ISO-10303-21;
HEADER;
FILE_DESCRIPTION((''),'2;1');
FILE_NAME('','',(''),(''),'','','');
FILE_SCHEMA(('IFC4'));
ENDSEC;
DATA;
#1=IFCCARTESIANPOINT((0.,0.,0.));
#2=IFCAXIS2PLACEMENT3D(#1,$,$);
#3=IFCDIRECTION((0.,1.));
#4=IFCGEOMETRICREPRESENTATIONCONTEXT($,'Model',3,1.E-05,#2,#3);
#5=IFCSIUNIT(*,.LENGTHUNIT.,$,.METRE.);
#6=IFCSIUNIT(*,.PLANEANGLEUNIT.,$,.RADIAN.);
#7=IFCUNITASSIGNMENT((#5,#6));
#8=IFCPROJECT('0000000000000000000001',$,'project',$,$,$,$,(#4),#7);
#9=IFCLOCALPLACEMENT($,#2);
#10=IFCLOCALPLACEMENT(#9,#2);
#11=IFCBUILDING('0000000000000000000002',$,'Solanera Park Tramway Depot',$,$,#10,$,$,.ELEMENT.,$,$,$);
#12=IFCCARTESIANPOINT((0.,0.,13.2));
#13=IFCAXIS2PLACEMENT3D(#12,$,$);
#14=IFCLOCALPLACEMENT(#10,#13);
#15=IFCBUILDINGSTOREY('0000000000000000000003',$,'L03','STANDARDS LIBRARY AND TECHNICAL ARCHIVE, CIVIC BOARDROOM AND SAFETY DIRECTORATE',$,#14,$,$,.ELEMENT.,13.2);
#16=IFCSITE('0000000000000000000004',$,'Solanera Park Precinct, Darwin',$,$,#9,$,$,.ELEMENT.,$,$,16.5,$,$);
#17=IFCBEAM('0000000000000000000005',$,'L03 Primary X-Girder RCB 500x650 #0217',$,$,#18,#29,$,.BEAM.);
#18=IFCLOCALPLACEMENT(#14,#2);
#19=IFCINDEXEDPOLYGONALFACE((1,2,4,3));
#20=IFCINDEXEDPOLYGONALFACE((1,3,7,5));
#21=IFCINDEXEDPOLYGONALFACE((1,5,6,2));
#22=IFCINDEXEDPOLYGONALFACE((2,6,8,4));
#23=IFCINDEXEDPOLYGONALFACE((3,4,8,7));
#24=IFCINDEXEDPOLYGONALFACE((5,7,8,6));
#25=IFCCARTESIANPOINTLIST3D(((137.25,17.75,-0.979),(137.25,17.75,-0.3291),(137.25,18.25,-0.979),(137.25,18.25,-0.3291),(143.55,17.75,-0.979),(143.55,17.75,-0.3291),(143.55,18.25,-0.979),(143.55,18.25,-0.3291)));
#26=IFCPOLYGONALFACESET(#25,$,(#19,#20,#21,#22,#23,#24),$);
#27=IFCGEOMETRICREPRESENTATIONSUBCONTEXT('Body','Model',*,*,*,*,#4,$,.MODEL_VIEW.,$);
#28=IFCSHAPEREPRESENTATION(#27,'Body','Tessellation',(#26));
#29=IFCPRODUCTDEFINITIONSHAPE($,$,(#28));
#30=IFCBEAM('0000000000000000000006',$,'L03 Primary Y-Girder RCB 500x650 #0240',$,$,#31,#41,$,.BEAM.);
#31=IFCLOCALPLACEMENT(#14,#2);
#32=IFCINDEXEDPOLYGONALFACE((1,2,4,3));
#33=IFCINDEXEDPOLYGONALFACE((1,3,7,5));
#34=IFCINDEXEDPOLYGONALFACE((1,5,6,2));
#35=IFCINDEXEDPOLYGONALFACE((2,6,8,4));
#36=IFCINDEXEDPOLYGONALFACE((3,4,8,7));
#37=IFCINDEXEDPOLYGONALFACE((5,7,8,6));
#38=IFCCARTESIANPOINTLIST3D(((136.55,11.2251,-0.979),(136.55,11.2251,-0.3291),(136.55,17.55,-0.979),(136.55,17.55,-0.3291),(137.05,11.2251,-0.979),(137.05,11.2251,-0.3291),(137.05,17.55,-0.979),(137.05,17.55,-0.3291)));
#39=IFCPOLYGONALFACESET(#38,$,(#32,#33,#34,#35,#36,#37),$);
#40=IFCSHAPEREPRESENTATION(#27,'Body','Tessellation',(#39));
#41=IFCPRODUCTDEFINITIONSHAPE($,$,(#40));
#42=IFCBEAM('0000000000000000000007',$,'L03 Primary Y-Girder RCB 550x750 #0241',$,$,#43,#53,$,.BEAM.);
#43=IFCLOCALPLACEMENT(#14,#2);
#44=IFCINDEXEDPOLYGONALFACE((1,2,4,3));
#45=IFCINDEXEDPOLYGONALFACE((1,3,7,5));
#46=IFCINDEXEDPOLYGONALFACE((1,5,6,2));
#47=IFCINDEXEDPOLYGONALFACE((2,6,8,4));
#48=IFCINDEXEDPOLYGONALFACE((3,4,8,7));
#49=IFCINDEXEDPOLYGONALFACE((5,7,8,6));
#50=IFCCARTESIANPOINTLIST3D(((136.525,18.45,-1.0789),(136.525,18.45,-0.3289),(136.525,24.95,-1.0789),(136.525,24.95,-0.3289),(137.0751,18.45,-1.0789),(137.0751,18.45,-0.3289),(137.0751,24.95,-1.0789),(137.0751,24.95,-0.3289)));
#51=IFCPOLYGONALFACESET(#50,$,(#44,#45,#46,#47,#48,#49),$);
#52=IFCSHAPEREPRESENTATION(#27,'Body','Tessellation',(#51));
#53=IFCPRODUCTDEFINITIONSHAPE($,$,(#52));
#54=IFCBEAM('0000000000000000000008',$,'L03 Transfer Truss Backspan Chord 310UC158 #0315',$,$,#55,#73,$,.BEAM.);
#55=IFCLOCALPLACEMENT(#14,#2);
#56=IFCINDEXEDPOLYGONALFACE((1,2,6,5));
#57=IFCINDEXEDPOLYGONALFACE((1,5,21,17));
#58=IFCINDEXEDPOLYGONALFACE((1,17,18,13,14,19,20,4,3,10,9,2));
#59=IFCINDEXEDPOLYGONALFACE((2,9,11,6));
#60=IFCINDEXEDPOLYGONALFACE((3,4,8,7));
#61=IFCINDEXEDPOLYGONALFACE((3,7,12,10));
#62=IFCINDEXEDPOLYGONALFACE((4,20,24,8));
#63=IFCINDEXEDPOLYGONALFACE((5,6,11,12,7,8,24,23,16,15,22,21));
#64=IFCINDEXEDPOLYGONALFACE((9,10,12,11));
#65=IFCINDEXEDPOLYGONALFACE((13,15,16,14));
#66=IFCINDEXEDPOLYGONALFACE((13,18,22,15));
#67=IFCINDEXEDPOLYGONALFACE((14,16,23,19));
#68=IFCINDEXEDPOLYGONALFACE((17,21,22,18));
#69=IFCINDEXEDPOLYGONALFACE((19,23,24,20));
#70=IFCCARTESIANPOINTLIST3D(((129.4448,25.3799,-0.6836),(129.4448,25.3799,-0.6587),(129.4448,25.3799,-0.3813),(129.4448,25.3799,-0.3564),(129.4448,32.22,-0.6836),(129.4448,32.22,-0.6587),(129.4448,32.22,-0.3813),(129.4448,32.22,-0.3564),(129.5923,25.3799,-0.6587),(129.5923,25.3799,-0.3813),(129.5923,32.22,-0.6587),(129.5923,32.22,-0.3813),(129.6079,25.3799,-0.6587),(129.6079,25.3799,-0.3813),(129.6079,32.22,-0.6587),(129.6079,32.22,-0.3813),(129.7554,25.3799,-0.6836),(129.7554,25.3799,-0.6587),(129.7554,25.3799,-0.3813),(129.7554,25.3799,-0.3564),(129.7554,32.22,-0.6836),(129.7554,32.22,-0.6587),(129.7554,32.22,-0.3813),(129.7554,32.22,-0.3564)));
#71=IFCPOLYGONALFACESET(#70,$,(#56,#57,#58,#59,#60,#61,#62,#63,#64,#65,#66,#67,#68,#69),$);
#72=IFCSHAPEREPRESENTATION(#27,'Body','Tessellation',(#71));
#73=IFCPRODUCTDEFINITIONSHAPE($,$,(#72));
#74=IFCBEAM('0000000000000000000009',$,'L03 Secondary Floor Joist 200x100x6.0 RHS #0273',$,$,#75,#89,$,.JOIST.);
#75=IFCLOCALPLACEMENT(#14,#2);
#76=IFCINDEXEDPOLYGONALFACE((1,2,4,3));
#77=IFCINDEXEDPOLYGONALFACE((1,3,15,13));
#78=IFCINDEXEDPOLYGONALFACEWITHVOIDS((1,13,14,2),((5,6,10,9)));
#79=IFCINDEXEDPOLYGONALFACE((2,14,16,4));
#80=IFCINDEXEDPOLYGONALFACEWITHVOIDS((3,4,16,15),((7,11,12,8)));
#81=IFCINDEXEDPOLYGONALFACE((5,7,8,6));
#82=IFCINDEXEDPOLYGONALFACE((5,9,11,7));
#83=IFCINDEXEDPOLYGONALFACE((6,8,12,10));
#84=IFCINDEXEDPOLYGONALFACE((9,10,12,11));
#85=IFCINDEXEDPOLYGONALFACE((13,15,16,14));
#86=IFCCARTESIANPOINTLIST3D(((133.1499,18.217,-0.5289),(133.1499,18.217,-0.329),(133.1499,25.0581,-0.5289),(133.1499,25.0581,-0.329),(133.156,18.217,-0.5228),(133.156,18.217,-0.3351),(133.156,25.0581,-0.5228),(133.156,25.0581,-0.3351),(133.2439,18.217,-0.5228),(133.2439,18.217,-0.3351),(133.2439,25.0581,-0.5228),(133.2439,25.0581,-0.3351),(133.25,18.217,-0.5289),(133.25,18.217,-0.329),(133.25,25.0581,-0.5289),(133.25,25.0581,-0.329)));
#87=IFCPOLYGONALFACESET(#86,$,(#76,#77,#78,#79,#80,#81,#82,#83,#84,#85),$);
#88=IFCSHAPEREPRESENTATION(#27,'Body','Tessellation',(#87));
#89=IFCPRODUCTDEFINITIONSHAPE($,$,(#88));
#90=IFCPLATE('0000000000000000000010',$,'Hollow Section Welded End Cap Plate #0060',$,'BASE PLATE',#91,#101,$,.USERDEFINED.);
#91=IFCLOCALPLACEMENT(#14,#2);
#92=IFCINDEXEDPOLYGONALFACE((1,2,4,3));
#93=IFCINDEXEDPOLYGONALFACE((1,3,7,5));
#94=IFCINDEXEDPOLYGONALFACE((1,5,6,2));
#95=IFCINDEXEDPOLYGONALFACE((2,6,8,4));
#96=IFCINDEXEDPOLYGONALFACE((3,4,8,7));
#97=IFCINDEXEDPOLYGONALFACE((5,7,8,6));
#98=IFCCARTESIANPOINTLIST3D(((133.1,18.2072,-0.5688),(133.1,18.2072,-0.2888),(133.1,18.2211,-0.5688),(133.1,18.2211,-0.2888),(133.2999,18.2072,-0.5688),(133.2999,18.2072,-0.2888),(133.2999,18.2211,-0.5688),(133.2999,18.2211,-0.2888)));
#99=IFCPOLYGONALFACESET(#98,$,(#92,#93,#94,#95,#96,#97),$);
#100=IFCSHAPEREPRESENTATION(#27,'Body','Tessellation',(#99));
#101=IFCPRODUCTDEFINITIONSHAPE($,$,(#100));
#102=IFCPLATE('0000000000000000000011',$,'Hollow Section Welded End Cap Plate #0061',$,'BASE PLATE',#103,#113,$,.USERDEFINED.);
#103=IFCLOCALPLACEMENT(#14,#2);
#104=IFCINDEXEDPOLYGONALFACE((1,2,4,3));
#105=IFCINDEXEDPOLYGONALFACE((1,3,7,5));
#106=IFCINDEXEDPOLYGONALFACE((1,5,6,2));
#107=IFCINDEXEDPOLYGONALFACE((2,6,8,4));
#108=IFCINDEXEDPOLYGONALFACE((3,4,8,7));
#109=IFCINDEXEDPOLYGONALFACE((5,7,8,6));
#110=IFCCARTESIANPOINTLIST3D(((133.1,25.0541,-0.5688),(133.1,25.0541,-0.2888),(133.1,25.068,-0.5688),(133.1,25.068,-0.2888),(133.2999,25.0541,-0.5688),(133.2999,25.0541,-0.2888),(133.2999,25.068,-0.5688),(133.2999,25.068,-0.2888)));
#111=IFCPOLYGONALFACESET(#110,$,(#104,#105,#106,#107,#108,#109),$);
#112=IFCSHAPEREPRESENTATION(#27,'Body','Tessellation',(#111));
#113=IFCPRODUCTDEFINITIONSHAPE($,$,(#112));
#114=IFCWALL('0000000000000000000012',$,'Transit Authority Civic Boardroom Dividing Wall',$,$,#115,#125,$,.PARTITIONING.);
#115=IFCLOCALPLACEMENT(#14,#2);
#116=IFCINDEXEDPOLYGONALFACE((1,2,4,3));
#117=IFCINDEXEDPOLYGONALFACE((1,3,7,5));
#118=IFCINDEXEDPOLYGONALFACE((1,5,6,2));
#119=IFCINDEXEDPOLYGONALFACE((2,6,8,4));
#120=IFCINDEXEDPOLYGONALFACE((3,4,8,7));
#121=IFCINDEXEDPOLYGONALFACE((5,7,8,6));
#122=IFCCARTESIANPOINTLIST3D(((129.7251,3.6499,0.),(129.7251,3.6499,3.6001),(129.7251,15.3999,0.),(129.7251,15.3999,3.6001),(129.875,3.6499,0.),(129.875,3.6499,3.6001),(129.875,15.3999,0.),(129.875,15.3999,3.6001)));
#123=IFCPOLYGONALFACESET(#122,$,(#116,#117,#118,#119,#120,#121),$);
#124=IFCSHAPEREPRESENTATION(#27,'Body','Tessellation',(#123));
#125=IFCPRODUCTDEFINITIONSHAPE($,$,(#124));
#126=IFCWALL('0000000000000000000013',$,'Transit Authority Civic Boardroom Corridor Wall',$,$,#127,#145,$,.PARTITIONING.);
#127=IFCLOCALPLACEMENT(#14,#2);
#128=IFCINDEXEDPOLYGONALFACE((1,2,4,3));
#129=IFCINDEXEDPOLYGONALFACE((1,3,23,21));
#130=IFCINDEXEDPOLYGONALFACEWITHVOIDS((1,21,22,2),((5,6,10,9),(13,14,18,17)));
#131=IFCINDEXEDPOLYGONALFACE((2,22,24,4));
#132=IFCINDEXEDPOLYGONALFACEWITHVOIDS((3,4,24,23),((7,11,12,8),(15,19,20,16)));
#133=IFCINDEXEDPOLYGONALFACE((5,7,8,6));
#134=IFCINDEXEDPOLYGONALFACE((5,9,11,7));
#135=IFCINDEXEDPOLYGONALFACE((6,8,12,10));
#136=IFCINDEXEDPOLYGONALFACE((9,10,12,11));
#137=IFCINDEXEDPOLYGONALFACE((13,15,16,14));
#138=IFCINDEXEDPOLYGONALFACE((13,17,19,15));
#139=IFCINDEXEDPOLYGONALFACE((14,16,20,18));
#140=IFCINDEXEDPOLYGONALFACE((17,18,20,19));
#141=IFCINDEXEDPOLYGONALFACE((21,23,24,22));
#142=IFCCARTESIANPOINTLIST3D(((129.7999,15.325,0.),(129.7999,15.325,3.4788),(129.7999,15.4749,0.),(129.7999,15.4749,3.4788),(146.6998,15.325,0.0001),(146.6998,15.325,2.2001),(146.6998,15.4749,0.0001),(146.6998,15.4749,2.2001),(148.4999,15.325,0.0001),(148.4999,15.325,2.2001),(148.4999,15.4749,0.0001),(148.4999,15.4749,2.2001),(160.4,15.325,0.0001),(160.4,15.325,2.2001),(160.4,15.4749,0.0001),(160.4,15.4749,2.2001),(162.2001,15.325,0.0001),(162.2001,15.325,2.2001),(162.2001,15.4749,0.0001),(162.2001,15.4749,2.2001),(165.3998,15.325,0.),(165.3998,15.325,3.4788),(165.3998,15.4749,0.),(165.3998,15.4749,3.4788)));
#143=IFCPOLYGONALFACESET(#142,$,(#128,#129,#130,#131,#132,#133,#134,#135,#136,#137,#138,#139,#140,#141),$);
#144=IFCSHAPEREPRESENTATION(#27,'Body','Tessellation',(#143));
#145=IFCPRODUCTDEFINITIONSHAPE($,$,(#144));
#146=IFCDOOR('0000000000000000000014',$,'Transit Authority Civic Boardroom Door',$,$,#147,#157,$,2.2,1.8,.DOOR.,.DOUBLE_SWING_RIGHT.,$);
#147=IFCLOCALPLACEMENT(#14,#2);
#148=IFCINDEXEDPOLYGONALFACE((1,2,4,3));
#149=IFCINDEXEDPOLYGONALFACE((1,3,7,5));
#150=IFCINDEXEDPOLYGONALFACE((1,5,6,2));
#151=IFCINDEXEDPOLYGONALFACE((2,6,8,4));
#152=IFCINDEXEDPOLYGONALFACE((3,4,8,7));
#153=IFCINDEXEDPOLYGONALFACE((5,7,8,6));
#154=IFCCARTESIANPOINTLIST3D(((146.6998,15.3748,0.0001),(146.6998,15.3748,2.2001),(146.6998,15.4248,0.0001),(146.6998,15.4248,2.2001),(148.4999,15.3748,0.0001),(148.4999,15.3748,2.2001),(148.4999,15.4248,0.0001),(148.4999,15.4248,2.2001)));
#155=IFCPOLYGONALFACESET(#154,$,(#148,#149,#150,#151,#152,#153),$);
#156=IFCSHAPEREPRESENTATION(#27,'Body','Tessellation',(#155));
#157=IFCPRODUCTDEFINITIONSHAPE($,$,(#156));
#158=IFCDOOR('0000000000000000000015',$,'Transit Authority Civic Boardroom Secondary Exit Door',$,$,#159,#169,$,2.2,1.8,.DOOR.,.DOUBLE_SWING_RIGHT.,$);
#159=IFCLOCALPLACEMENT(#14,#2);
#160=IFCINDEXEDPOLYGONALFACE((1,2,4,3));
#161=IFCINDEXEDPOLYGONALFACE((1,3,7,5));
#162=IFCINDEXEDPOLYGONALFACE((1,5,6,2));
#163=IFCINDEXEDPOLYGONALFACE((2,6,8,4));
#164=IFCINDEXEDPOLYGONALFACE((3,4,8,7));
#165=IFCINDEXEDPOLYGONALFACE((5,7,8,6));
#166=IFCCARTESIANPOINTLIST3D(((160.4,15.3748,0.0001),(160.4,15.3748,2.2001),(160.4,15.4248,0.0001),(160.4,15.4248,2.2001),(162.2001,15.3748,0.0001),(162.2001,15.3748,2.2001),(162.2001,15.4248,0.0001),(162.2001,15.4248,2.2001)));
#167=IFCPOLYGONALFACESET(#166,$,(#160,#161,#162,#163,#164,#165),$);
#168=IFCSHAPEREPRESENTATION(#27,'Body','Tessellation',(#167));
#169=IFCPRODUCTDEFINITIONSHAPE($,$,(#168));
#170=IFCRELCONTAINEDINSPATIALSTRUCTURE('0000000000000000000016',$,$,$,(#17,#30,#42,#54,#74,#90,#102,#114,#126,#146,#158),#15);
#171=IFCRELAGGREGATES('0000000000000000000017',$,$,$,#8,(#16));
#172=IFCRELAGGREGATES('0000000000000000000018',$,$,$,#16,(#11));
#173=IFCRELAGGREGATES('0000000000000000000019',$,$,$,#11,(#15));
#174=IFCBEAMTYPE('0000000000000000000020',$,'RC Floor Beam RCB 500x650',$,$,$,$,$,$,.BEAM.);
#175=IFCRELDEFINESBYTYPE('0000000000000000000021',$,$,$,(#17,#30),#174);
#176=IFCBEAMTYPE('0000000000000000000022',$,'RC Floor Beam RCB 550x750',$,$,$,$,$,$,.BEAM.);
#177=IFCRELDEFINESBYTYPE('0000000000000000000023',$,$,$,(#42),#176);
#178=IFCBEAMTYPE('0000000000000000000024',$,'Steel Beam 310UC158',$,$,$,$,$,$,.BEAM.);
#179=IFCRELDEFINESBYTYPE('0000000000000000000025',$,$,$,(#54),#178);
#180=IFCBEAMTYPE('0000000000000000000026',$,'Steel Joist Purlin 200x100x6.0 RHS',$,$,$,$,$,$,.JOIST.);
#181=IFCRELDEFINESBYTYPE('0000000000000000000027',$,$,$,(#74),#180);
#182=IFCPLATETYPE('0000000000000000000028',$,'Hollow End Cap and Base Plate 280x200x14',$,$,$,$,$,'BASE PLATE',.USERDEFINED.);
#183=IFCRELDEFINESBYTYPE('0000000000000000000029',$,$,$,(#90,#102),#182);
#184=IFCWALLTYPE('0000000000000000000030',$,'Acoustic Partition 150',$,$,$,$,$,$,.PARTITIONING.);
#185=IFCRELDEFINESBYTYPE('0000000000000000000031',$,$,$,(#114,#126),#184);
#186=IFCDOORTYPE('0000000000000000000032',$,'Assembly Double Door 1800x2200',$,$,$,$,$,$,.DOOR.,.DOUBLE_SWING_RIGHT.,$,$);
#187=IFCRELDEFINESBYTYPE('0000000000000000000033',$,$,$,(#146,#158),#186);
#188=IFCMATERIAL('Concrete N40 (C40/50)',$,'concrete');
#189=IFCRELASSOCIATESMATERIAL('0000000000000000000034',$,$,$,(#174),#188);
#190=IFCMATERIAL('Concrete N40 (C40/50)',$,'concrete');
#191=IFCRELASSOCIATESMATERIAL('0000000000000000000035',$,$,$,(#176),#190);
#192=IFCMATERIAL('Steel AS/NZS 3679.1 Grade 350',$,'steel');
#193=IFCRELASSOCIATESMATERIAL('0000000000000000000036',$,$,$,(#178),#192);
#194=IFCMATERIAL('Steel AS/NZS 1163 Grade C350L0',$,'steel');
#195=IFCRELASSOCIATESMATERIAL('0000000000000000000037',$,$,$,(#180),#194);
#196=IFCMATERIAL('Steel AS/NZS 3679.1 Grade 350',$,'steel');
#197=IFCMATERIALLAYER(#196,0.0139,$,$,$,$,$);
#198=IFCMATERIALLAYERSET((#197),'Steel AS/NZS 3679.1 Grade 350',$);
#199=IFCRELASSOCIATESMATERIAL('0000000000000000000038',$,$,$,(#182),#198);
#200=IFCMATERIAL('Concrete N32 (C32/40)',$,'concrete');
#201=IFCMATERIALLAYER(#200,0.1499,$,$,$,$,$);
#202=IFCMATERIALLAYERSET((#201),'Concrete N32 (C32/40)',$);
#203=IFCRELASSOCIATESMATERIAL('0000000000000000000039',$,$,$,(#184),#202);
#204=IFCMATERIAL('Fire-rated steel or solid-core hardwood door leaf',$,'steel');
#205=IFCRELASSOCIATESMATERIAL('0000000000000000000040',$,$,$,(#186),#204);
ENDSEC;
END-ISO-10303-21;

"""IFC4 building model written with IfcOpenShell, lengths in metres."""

from ifc_helpers import new_model, si_unit, direction, frame, frame_2d, origin, origin_2d, place, context, subcontext, project, spatial, rectangle, hollow_rectangle, i_section, extrude, material, layer, layer_set, material_profile, profile_set, type_object, element, fill, save


model = new_model("IFC4")

# Units and contexts
model_context = context("Model", 3, precision=1e-05, world=origin(), true_north=direction((0.0, 1.0)))
body_context = subcontext(model_context, "Body", "Model", "MODEL_VIEW")
ifc_project = project(units=[si_unit("LENGTHUNIT", "METRE"), si_unit("PLANEANGLEUNIT", "RADIAN")], contexts=[model_context])

# Site, building, storey
site_placement = place(None, origin())
site = spatial("IfcSite", under=ifc_project, at=site_placement, Name="Solanera Park Precinct, Darwin", CompositionType="ELEMENT", RefElevation=16.5)
building_placement = place(site_placement, origin())
building = spatial("IfcBuilding", under=site, at=building_placement, Name="Solanera Park Tramway Depot", CompositionType="ELEMENT")
storey_placement = place(building_placement, frame((0.0, 0.0, 13.2)))
storey = spatial("IfcBuildingStorey", under=building, at=storey_placement, Name="L03", Description="STANDARDS LIBRARY AND TECHNICAL ARCHIVE, CIVIC BOARDROOM AND SAFETY DIRECTORATE", CompositionType="ELEMENT", Elevation=13.2)

# Beams
ifc_material_1 = material(Name="Concrete N40 (C40/50)", Category="concrete")
ifc_material_profile_1 = material_profile(ifc_material_1, rectangle(XDim=0.5, YDim=0.6499, at=origin_2d()), Name="RCB 500x650")
ifc_profile_set_1 = profile_set([ifc_material_profile_1], Name="Concrete N40 (C40/50)")
beam_type_1 = type_object("IfcBeamType", Name="RC Floor Beam RCB 500x650", PredefinedType="BEAM", material=ifc_profile_set_1)
beam_1_placement = place(storey_placement, frame((137.25, 18.0, -0.6541), z_axis=(1.0, 0.0, 0.0), x_axis=(0.0, 1.0, 0.0)))
element("IfcBeam", 1, at=beam_1_placement, inside=storey, type_object=beam_type_1, Name="L03 Primary X-Girder RCB 500x650 #0217", PredefinedType="BEAM", context=body_context, shape_type="SweptSolid", body=[
    extrude(rectangle(XDim=0.5, YDim=0.6499, at=origin_2d()), origin(), (0.0, 0.0, 1.0), 6.3),
])
beam_2_placement = place(storey_placement, frame((136.8, 11.2251, -0.6541), z_axis=(0.0, 1.0, 0.0), x_axis=(-1.0, 0.0, 0.0)))
element("IfcBeam", 2, at=beam_2_placement, inside=storey, type_object=beam_type_1, Name="L03 Primary Y-Girder RCB 500x650 #0240", PredefinedType="BEAM", context=body_context, shape_type="SweptSolid", body=[
    extrude(rectangle(XDim=0.5, YDim=0.6499, at=origin_2d()), origin(), (0.0, 0.0, 1.0), 6.325),
])
ifc_material_2 = material(Name="Concrete N40 (C40/50)", Category="concrete")
ifc_material_profile_2 = material_profile(ifc_material_2, rectangle(XDim=0.55, YDim=0.75, at=origin_2d()), Name="RCB 550x750")
ifc_profile_set_2 = profile_set([ifc_material_profile_2], Name="Concrete N40 (C40/50)")
beam_type_2 = type_object("IfcBeamType", Name="RC Floor Beam RCB 550x750", PredefinedType="BEAM", material=ifc_profile_set_2)
beam_3_placement = place(storey_placement, frame((136.8, 18.45, -0.7039), z_axis=(0.0, 1.0, 0.0), x_axis=(-1.0, 0.0, 0.0)))
element("IfcBeam", 3, at=beam_3_placement, inside=storey, type_object=beam_type_2, Name="L03 Primary Y-Girder RCB 550x750 #0241", PredefinedType="BEAM", context=body_context, shape_type="SweptSolid", body=[
    extrude(rectangle(XDim=0.55, YDim=0.75, at=origin_2d()), origin(), (0.0, 0.0, 1.0), 6.5),
])
ifc_material_3 = material(Name="Steel AS/NZS 3679.1 Grade 350", Category="steel")
ifc_material_profile_3 = material_profile(ifc_material_3, i_section(OverallWidth=0.3105, OverallDepth=0.3271, WebThickness=0.0156, FlangeThickness=0.0249, at=origin_2d()), Name="310UC158")
ifc_profile_set_3 = profile_set([ifc_material_profile_3], Name="Steel AS/NZS 3679.1 Grade 350")
beam_type_3 = type_object("IfcBeamType", Name="Steel Beam 310UC158", PredefinedType="BEAM", material=ifc_profile_set_3)
beam_4_placement = place(storey_placement, frame((129.6001, 25.3799, -0.52), z_axis=(0.0, 1.0, 0.0), x_axis=(-1.0, 0.0, 0.0)))
element("IfcBeam", 4, at=beam_4_placement, inside=storey, type_object=beam_type_3, Name="L03 Transfer Truss Backspan Chord 310UC158 #0315", PredefinedType="BEAM", context=body_context, shape_type="SweptSolid", body=[
    extrude(i_section(OverallWidth=0.3105, OverallDepth=0.3271, WebThickness=0.0156, FlangeThickness=0.0249, at=origin_2d()), origin(), (0.0, 0.0, 1.0), 6.8401),
])
ifc_material_4 = material(Name="Steel AS/NZS 1163 Grade C350L0", Category="steel")
ifc_material_profile_4 = material_profile(ifc_material_4, hollow_rectangle(XDim=0.1001, YDim=0.2, WallThickness=0.0061, at=origin_2d()), Name="200x100x6.0 RHS")
ifc_profile_set_4 = profile_set([ifc_material_profile_4], Name="Steel AS/NZS 1163 Grade C350L0")
beam_type_4 = type_object("IfcBeamType", Name="Steel Joist Purlin 200x100x6.0 RHS", PredefinedType="JOIST", material=ifc_profile_set_4)
beam_5_placement = place(storey_placement, frame((133.2, 18.217, -0.429), z_axis=(0.0, 1.0, 0.0), x_axis=(-1.0, 0.0, 0.0)))
element("IfcBeam", 5, at=beam_5_placement, inside=storey, type_object=beam_type_4, Name="L03 Secondary Floor Joist 200x100x6.0 RHS #0273", PredefinedType="JOIST", context=body_context, shape_type="SweptSolid", body=[
    extrude(hollow_rectangle(XDim=0.1001, YDim=0.2, WallThickness=0.0061, at=origin_2d()), origin(), (0.0, 0.0, 1.0), 6.8411),
])

# Plates
ifc_material_5 = material(Name="Steel AS/NZS 3679.1 Grade 350", Category="steel")
ifc_layer_1 = layer(ifc_material_5, 0.0139)
ifc_layer_set_1 = layer_set([ifc_layer_1], Name="Steel AS/NZS 3679.1 Grade 350")
plate_type = type_object("IfcPlateType", Name="Hollow End Cap and Base Plate 280x200x14", ElementType="BASE PLATE", PredefinedType="USERDEFINED", material=ifc_layer_set_1)
for number, where, z_axis, x_axis, name in (
    (6, (133.2, 18.2141, -0.5688), (0.0, 0.0, 1.0), (0.0, 1.0, 0.0), "Hollow Section Welded End Cap Plate #0060"),
    (7, (133.2, 25.061, -0.5688), (0.0, 0.0, 1.0), (0.0, 1.0, 0.0), "Hollow Section Welded End Cap Plate #0061"),
):
    element("IfcPlate", number, at=place(storey_placement, frame(where, z_axis=z_axis, x_axis=x_axis)), inside=storey, type_object=plate_type, Name=name, ObjectType="BASE PLATE", PredefinedType="USERDEFINED", context=body_context, shape_type="SweptSolid", body=[
        extrude(rectangle(XDim=0.0139, YDim=0.2, at=origin_2d()), origin(), (0.0, 0.0, 1.0), 0.28),
    ])

# Wall
ifc_material_6 = material(Name="Concrete N32 (C32/40)", Category="concrete")
ifc_layer_2 = layer(ifc_material_6, 0.1499)
ifc_layer_set_2 = layer_set([ifc_layer_2], Name="Concrete N32 (C32/40)")
wall_type_1 = type_object("IfcWallType", Name="Acoustic Partition 150", PredefinedType="PARTITIONING", material=ifc_layer_set_2)
wall_1_placement = place(storey_placement, frame((129.8, 15.3999, 0.0), z_axis=(0.0, 0.0, 1.0), x_axis=(0.0, -1.0, 0.0)))
element("IfcWall", 8, at=wall_1_placement, inside=storey, type_object=wall_type_1, Name="Transit Authority Civic Boardroom Dividing Wall", PredefinedType="PARTITIONING", context=body_context, shape_type="SweptSolid", body=[
    extrude(rectangle(XDim=11.75, YDim=0.1499, at=frame_2d((5.875, 0.0))), origin(), (0.0, 0.0, 1.0), 3.6001),
])

# Wall, openings, doors
wall_2_placement = place(storey_placement, frame((129.8, 15.3999, 0.0), z_axis=(0.0, 0.0, 1.0), x_axis=(1.0, 0.0, 0.0)))
wall_2 = element("IfcWall", 9, at=wall_2_placement, inside=storey, type_object=wall_type_1, Name="Transit Authority Civic Boardroom Corridor Wall", PredefinedType="PARTITIONING", context=body_context, shape_type="SweptSolid", body=[
    extrude(rectangle(XDim=35.5999, YDim=0.1499, at=frame_2d((17.7998, 0.0))), origin(), (0.0, 0.0, 1.0), 3.4788),
])
opening_1_placement = place(wall_2_placement, frame((16.8999, 0.0, 0.0)))
opening_1 = element("IfcOpeningElement", 10, at=opening_1_placement, cuts=wall_2, PredefinedType="OPENING", context=body_context, shape_type="SweptSolid", body=[
    extrude(rectangle(XDim=1.8, YDim=2.2, at=frame_2d((0.8999, 1.1001))), frame((0.0, 0.085, 0.0), z_axis=(0.0, -1.0, 0.0), x_axis=(1.0, 0.0, 0.0)), (0.0, 0.0, 1.0), 0.1699),
])
opening_2_placement = place(wall_2_placement, frame((30.6001, 0.0, 0.0)))
opening_2 = element("IfcOpeningElement", 11, at=opening_2_placement, cuts=wall_2, PredefinedType="OPENING", context=body_context, shape_type="SweptSolid", body=[
    extrude(rectangle(XDim=1.8, YDim=2.2, at=frame_2d((0.8999, 1.1001))), frame((0.0, 0.085, 0.0), z_axis=(0.0, -1.0, 0.0), x_axis=(1.0, 0.0, 0.0)), (0.0, 0.0, 1.0), 0.1699),
])
ifc_material_7 = material(Name="Fire-rated steel or solid-core hardwood door leaf", Category="steel")
door_type_1 = type_object("IfcDoorType", Name="Assembly Double Door 1800x2200", OperationType="DOUBLE_SWING_RIGHT", PredefinedType="DOOR", material=ifc_material_7)
door_1_placement = place(opening_1_placement, origin())
door_1 = element("IfcDoor", 12, at=door_1_placement, inside=storey, type_object=door_type_1, Name="Transit Authority Civic Boardroom Door", OperationType="DOUBLE_SWING_RIGHT", OverallHeight=2.2, OverallWidth=1.8, PredefinedType="DOOR", context=body_context, shape_type="SweptSolid", body=[
    extrude(rectangle(XDim=1.8, YDim=2.2, at=frame_2d((0.8999, 1.1001))), frame((0.0, 0.0249, 0.0), z_axis=(0.0, -1.0, 0.0), x_axis=(1.0, 0.0, 0.0)), (0.0, 0.0, 1.0), 0.05),
])
fill(opening_1, door_1)
door_2_placement = place(opening_2_placement, origin())
door_2 = element("IfcDoor", 13, at=door_2_placement, inside=storey, type_object=door_type_1, Name="Transit Authority Civic Boardroom Secondary Exit Door", OperationType="DOUBLE_SWING_RIGHT", OverallHeight=2.2, OverallWidth=1.8, PredefinedType="DOOR", context=body_context, shape_type="SweptSolid", body=[
    extrude(rectangle(XDim=1.8, YDim=2.2, at=frame_2d((0.8999, 1.1001))), frame((0.0, 0.0249, 0.0), z_axis=(0.0, -1.0, 0.0), x_axis=(1.0, 0.0, 0.0)), (0.0, 0.0, 1.0), 0.05),
])
fill(opening_2, door_2)

save(model, "model.ifc")
